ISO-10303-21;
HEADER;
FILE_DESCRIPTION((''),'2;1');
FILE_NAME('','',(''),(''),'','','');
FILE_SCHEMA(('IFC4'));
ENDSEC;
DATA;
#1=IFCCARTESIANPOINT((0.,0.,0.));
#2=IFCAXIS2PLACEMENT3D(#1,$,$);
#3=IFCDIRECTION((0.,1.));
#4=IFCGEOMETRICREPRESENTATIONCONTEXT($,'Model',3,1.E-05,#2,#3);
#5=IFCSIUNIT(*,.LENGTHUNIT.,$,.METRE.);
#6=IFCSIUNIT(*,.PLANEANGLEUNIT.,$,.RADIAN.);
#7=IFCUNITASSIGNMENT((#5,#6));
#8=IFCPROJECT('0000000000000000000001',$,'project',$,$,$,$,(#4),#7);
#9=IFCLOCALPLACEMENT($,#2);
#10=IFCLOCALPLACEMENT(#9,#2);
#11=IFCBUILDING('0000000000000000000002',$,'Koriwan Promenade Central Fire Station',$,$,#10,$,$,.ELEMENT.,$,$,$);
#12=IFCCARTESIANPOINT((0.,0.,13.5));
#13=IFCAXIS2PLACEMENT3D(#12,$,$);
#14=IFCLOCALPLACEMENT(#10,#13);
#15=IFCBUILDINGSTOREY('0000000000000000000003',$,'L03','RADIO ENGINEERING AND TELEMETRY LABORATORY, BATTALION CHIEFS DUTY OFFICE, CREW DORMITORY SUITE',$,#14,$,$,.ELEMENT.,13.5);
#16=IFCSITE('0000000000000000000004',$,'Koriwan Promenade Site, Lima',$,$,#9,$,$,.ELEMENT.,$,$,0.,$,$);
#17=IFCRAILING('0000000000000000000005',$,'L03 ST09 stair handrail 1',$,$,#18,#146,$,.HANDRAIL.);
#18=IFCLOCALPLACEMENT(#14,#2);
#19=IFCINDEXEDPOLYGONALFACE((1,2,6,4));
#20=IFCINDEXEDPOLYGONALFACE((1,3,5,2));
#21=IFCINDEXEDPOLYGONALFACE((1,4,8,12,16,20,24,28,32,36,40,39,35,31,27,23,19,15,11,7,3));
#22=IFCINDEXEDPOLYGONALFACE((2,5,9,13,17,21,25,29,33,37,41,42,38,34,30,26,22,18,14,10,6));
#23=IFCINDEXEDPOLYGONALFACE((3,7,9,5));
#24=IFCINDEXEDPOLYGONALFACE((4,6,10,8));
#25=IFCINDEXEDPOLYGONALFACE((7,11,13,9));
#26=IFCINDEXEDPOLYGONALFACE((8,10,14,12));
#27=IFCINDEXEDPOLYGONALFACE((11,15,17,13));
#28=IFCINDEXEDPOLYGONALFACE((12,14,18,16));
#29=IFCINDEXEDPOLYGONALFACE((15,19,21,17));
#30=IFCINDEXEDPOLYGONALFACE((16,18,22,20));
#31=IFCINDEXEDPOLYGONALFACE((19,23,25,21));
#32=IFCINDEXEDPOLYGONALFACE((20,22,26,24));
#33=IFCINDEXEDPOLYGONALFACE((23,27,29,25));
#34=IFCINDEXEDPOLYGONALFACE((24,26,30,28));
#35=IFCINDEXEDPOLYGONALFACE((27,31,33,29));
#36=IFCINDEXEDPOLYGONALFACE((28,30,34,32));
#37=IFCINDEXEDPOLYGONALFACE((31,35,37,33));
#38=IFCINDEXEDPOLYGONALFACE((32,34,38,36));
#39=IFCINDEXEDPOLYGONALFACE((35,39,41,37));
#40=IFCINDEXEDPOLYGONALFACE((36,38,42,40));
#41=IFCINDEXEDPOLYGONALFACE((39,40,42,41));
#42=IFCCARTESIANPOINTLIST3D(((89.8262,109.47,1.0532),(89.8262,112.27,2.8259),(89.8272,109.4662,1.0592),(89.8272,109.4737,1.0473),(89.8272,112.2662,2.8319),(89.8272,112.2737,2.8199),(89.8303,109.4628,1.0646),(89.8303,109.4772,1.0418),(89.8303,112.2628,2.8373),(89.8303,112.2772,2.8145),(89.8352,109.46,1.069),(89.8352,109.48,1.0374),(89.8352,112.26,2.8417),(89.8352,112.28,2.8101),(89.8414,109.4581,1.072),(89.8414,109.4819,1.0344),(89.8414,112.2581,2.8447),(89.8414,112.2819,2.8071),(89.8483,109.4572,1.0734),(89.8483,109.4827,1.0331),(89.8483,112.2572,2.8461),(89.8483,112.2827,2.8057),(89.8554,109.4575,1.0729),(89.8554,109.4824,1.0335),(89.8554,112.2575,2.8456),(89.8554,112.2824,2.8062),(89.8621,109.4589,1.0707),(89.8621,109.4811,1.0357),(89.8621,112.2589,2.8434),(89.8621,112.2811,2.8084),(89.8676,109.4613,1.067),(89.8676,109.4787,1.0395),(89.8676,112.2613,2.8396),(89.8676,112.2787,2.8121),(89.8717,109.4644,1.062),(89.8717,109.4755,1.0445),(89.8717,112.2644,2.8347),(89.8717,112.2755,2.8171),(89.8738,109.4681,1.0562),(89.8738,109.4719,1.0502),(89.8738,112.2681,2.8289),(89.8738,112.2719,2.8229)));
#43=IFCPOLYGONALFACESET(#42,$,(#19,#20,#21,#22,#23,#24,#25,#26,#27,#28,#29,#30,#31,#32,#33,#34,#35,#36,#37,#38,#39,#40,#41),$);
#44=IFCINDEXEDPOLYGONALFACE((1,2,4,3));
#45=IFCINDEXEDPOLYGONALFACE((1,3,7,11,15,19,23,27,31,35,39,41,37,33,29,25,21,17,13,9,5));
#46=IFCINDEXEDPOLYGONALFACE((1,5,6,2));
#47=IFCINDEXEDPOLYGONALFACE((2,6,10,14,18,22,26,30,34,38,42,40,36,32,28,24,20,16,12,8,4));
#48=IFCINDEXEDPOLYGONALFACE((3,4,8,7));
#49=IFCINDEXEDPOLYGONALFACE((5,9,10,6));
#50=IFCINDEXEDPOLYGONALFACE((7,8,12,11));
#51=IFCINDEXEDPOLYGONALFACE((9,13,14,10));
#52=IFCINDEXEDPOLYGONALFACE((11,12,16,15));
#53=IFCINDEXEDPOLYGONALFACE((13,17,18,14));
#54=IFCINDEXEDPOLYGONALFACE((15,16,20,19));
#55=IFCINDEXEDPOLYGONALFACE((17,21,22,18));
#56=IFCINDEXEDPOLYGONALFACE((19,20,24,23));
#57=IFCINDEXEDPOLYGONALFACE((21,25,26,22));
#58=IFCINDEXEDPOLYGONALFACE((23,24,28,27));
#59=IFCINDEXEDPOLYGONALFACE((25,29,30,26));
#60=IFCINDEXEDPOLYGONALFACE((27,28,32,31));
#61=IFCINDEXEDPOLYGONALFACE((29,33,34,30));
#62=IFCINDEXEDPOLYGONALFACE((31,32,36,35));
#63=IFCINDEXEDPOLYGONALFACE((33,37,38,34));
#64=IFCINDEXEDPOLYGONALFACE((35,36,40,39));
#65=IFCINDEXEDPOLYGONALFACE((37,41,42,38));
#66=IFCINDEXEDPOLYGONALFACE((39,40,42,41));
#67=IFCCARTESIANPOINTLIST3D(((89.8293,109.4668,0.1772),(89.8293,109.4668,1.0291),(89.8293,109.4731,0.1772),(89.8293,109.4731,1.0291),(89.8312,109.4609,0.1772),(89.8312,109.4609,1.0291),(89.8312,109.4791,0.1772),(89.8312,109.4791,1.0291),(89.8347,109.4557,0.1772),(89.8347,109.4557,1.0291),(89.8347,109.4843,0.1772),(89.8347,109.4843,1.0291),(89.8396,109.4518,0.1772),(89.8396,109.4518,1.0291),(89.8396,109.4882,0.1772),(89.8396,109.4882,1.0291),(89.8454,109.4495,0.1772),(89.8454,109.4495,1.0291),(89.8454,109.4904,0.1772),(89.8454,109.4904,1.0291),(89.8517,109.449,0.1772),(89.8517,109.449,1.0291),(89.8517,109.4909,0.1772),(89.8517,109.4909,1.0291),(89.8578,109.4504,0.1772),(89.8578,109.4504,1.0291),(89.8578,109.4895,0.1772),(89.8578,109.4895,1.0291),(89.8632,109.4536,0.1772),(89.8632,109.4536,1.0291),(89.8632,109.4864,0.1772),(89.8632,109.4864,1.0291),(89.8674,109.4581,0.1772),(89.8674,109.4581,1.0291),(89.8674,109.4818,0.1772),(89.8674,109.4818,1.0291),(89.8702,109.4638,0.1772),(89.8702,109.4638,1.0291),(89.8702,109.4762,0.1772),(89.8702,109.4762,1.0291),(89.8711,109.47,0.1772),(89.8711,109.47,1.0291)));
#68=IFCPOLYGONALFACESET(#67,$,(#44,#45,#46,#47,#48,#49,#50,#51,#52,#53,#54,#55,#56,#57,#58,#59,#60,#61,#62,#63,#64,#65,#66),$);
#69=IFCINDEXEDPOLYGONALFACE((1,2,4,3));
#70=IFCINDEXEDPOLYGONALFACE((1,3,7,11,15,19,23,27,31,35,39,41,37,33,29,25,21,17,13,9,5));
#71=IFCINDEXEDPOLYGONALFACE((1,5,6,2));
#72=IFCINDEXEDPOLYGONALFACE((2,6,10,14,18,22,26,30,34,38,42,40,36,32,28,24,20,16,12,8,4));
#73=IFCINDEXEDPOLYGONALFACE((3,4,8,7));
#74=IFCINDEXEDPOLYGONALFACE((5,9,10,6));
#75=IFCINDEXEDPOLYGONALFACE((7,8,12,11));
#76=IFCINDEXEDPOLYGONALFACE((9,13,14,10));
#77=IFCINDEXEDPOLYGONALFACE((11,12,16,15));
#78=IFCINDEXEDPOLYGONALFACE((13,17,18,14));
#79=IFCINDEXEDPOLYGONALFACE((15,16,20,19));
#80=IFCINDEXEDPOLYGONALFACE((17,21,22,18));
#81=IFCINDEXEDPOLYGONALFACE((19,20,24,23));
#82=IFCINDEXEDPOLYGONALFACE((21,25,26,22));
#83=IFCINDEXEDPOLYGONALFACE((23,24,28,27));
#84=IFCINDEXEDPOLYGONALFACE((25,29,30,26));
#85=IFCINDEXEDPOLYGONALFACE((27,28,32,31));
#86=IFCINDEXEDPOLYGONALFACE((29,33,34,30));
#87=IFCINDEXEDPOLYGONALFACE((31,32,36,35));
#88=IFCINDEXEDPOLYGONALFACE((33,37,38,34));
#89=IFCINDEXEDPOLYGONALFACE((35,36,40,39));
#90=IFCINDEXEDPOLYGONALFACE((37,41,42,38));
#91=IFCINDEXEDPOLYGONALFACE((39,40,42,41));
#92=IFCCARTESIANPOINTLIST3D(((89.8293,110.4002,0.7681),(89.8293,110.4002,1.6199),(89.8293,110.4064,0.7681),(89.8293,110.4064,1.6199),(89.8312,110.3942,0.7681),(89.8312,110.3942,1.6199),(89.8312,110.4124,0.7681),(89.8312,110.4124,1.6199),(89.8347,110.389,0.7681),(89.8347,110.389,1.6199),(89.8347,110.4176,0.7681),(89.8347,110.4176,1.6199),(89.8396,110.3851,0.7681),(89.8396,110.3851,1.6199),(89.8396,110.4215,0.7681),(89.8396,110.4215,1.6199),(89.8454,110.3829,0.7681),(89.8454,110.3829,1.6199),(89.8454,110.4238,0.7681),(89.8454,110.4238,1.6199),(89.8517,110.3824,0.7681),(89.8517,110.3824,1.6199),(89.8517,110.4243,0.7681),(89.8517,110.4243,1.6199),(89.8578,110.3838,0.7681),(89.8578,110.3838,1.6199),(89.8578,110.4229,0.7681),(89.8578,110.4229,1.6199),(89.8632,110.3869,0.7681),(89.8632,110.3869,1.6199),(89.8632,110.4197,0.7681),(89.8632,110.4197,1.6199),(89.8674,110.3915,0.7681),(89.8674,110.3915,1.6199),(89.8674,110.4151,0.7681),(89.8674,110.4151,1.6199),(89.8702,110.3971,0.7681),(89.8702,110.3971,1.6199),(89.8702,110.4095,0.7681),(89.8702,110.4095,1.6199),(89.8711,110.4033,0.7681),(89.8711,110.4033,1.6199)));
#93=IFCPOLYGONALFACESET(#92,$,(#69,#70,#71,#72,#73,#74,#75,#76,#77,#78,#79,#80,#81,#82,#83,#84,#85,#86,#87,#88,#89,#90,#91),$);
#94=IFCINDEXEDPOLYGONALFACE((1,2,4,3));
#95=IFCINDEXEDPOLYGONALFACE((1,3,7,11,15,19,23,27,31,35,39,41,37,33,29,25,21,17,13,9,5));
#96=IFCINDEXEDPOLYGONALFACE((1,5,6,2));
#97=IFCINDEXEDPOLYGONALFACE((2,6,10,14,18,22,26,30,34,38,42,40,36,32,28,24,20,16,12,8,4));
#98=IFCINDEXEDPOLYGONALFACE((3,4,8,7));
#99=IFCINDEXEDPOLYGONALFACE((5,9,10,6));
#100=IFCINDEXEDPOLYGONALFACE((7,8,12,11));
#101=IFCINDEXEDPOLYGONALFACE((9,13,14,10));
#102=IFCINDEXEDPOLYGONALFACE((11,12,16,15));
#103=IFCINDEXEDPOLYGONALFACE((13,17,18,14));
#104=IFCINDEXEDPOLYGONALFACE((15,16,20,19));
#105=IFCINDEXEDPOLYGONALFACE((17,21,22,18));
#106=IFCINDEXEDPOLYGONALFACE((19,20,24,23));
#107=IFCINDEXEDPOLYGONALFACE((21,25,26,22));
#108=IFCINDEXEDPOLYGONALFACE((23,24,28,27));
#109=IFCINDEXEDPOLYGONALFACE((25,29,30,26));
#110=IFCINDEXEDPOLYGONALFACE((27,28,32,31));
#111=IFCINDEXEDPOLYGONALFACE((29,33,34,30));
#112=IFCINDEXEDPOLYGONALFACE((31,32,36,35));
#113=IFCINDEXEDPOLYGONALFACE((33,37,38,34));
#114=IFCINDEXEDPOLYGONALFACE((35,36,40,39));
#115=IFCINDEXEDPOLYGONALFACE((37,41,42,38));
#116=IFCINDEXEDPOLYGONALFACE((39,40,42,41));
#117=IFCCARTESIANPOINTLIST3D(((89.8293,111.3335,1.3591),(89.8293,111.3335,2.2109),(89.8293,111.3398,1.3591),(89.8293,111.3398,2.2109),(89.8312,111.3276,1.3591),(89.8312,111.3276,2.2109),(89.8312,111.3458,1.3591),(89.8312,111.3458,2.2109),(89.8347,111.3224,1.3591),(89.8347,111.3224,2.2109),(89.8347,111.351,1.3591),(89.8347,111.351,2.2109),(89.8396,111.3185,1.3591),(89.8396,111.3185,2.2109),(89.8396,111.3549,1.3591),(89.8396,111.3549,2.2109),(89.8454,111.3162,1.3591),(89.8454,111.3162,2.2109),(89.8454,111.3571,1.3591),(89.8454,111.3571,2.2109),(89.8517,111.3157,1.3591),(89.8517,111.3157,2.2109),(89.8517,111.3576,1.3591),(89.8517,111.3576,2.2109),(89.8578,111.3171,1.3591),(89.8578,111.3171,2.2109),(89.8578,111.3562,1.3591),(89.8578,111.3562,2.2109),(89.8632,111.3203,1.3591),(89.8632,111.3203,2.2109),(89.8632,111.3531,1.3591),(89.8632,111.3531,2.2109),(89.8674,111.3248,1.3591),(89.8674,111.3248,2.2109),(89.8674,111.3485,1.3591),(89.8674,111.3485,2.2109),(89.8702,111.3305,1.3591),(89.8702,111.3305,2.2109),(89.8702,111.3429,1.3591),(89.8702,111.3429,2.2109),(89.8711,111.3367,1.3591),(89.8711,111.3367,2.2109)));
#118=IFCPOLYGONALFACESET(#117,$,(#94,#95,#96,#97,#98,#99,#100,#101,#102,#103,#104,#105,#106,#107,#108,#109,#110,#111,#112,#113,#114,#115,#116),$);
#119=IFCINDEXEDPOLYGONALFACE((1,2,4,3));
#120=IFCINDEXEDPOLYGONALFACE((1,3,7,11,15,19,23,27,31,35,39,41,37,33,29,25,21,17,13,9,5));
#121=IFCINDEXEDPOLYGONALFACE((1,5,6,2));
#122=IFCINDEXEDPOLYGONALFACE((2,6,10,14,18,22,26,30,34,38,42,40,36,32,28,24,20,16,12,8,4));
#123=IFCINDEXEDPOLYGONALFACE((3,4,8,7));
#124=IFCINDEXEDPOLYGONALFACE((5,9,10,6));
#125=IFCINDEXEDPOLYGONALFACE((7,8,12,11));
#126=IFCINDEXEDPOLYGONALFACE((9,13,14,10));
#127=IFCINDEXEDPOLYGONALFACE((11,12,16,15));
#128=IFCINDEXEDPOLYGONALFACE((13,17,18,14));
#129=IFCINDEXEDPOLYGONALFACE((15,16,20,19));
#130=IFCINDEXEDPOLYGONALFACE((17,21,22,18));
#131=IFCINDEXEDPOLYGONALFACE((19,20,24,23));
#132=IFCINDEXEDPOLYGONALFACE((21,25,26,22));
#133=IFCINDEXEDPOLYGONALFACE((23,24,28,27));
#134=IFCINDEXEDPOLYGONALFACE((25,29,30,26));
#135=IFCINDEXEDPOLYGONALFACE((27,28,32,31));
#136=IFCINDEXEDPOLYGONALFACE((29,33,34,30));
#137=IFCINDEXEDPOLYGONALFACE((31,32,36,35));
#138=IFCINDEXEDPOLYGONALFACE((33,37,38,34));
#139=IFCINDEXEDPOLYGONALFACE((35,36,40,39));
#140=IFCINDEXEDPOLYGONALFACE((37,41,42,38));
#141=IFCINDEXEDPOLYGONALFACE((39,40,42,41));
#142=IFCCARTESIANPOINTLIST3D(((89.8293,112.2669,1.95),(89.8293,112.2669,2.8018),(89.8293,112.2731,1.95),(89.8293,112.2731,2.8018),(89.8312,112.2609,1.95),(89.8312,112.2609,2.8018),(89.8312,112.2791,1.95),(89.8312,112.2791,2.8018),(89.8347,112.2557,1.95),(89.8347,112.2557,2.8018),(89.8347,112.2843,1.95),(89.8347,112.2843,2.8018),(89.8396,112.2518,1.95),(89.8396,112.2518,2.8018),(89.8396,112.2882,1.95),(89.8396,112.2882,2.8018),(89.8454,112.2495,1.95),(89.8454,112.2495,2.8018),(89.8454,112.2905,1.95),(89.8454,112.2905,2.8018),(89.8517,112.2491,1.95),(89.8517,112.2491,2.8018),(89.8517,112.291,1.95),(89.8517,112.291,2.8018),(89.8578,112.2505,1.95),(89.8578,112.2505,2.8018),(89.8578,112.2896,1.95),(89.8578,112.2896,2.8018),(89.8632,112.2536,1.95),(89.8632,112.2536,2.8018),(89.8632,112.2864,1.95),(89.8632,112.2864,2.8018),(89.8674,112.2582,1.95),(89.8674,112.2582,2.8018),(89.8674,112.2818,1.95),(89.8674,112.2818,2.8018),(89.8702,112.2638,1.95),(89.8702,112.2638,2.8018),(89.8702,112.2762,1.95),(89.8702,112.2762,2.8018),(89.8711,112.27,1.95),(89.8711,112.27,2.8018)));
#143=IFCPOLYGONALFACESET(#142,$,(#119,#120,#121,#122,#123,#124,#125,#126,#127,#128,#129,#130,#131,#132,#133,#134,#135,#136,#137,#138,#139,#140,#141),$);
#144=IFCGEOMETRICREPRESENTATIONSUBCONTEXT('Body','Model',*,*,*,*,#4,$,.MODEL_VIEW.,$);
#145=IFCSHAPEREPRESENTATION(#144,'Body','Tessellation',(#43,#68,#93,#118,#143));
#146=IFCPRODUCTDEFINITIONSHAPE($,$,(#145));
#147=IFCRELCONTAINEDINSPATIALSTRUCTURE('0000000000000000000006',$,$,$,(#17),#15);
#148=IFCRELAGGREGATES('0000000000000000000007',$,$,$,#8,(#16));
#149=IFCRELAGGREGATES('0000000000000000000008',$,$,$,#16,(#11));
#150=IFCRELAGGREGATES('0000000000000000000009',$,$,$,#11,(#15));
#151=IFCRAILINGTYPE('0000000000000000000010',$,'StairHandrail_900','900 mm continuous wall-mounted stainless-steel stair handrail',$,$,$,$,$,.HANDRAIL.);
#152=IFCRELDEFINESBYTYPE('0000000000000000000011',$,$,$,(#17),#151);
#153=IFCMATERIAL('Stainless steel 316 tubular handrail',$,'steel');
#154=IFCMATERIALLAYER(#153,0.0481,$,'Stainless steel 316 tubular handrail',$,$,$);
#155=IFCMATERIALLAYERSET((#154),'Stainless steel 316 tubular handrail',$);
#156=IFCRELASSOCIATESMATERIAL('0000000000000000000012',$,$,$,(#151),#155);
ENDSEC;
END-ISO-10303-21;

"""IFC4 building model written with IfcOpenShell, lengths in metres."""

from ifc_helpers import new_model, si_unit, direction, frame, origin, origin_2d, place, context, subcontext, project, spatial, circle, extrude, material, layer, layer_set, type_object, element, save


model = new_model("IFC4")

# Units and contexts
model_context = context("Model", 3, precision=1e-05, world=origin(), true_north=direction((0.0, 1.0)))
body_context = subcontext(model_context, "Body", "Model", "MODEL_VIEW")
ifc_project = project(units=[si_unit("LENGTHUNIT", "METRE"), si_unit("PLANEANGLEUNIT", "RADIAN")], contexts=[model_context])

# Site, building, storey
site_placement = place(None, origin())
site = spatial("IfcSite", under=ifc_project, at=site_placement, Name="Koriwan Promenade Site, Lima", CompositionType="ELEMENT", RefElevation=0.0)
building_placement = place(site_placement, origin())
building = spatial("IfcBuilding", under=site, at=building_placement, Name="Koriwan Promenade Central Fire Station", CompositionType="ELEMENT")
storey_placement = place(building_placement, frame((0.0, 0.0, 13.5)))
storey = spatial("IfcBuildingStorey", under=building, at=storey_placement, Name="L03", Description="RADIO ENGINEERING AND TELEMETRY LABORATORY, BATTALION CHIEFS DUTY OFFICE, CREW DORMITORY SUITE", CompositionType="ELEMENT", Elevation=13.5)

# Railing
ifc_material_1 = material(Name="Stainless steel 316 tubular handrail", Category="steel")
ifc_layer_1 = layer(ifc_material_1, 0.0481, Name="Stainless steel 316 tubular handrail")
ifc_layer_set_1 = layer_set([ifc_layer_1], Name="Stainless steel 316 tubular handrail")
railing_type_1 = type_object("IfcRailingType", Name="StairHandrail_900", Description="900 mm continuous wall-mounted stainless-steel stair handrail", PredefinedType="HANDRAIL", material=ifc_layer_set_1)
railing_1_placement = place(storey_placement, frame((89.8501, 109.47, 0.1772)))
element("IfcRailing", 1, at=railing_1_placement, inside=storey, type_object=railing_type_1, Name="L03 ST09 stair handrail 1", PredefinedType="HANDRAIL", context=body_context, shape_type="SweptSolid", body=[
    extrude(circle(Radius=0.0239, at=origin_2d()), frame((0.0, 0.0, 0.876), z_axis=(0.0, 0.844909, 0.53491), x_axis=(-1.0, 0.0, 0.0)), (0.0, 0.0, 1.0), 3.314),
    extrude(circle(Radius=0.021, at=origin_2d()), origin(), (0.0, 0.0, 1.0), 0.8518),
    extrude(circle(Radius=0.021, at=origin_2d()), frame((0.0, 0.9333, 0.5908)), (0.0, 0.0, 1.0), 0.8518),
    extrude(circle(Radius=0.021, at=origin_2d()), frame((0.0, 1.8667, 1.1819)), (0.0, 0.0, 1.0), 0.8518),
    extrude(circle(Radius=0.021, at=origin_2d()), frame((0.0, 2.8, 1.7727)), (0.0, 0.0, 1.0), 0.8518),
])

save(model, "model.ifc")
